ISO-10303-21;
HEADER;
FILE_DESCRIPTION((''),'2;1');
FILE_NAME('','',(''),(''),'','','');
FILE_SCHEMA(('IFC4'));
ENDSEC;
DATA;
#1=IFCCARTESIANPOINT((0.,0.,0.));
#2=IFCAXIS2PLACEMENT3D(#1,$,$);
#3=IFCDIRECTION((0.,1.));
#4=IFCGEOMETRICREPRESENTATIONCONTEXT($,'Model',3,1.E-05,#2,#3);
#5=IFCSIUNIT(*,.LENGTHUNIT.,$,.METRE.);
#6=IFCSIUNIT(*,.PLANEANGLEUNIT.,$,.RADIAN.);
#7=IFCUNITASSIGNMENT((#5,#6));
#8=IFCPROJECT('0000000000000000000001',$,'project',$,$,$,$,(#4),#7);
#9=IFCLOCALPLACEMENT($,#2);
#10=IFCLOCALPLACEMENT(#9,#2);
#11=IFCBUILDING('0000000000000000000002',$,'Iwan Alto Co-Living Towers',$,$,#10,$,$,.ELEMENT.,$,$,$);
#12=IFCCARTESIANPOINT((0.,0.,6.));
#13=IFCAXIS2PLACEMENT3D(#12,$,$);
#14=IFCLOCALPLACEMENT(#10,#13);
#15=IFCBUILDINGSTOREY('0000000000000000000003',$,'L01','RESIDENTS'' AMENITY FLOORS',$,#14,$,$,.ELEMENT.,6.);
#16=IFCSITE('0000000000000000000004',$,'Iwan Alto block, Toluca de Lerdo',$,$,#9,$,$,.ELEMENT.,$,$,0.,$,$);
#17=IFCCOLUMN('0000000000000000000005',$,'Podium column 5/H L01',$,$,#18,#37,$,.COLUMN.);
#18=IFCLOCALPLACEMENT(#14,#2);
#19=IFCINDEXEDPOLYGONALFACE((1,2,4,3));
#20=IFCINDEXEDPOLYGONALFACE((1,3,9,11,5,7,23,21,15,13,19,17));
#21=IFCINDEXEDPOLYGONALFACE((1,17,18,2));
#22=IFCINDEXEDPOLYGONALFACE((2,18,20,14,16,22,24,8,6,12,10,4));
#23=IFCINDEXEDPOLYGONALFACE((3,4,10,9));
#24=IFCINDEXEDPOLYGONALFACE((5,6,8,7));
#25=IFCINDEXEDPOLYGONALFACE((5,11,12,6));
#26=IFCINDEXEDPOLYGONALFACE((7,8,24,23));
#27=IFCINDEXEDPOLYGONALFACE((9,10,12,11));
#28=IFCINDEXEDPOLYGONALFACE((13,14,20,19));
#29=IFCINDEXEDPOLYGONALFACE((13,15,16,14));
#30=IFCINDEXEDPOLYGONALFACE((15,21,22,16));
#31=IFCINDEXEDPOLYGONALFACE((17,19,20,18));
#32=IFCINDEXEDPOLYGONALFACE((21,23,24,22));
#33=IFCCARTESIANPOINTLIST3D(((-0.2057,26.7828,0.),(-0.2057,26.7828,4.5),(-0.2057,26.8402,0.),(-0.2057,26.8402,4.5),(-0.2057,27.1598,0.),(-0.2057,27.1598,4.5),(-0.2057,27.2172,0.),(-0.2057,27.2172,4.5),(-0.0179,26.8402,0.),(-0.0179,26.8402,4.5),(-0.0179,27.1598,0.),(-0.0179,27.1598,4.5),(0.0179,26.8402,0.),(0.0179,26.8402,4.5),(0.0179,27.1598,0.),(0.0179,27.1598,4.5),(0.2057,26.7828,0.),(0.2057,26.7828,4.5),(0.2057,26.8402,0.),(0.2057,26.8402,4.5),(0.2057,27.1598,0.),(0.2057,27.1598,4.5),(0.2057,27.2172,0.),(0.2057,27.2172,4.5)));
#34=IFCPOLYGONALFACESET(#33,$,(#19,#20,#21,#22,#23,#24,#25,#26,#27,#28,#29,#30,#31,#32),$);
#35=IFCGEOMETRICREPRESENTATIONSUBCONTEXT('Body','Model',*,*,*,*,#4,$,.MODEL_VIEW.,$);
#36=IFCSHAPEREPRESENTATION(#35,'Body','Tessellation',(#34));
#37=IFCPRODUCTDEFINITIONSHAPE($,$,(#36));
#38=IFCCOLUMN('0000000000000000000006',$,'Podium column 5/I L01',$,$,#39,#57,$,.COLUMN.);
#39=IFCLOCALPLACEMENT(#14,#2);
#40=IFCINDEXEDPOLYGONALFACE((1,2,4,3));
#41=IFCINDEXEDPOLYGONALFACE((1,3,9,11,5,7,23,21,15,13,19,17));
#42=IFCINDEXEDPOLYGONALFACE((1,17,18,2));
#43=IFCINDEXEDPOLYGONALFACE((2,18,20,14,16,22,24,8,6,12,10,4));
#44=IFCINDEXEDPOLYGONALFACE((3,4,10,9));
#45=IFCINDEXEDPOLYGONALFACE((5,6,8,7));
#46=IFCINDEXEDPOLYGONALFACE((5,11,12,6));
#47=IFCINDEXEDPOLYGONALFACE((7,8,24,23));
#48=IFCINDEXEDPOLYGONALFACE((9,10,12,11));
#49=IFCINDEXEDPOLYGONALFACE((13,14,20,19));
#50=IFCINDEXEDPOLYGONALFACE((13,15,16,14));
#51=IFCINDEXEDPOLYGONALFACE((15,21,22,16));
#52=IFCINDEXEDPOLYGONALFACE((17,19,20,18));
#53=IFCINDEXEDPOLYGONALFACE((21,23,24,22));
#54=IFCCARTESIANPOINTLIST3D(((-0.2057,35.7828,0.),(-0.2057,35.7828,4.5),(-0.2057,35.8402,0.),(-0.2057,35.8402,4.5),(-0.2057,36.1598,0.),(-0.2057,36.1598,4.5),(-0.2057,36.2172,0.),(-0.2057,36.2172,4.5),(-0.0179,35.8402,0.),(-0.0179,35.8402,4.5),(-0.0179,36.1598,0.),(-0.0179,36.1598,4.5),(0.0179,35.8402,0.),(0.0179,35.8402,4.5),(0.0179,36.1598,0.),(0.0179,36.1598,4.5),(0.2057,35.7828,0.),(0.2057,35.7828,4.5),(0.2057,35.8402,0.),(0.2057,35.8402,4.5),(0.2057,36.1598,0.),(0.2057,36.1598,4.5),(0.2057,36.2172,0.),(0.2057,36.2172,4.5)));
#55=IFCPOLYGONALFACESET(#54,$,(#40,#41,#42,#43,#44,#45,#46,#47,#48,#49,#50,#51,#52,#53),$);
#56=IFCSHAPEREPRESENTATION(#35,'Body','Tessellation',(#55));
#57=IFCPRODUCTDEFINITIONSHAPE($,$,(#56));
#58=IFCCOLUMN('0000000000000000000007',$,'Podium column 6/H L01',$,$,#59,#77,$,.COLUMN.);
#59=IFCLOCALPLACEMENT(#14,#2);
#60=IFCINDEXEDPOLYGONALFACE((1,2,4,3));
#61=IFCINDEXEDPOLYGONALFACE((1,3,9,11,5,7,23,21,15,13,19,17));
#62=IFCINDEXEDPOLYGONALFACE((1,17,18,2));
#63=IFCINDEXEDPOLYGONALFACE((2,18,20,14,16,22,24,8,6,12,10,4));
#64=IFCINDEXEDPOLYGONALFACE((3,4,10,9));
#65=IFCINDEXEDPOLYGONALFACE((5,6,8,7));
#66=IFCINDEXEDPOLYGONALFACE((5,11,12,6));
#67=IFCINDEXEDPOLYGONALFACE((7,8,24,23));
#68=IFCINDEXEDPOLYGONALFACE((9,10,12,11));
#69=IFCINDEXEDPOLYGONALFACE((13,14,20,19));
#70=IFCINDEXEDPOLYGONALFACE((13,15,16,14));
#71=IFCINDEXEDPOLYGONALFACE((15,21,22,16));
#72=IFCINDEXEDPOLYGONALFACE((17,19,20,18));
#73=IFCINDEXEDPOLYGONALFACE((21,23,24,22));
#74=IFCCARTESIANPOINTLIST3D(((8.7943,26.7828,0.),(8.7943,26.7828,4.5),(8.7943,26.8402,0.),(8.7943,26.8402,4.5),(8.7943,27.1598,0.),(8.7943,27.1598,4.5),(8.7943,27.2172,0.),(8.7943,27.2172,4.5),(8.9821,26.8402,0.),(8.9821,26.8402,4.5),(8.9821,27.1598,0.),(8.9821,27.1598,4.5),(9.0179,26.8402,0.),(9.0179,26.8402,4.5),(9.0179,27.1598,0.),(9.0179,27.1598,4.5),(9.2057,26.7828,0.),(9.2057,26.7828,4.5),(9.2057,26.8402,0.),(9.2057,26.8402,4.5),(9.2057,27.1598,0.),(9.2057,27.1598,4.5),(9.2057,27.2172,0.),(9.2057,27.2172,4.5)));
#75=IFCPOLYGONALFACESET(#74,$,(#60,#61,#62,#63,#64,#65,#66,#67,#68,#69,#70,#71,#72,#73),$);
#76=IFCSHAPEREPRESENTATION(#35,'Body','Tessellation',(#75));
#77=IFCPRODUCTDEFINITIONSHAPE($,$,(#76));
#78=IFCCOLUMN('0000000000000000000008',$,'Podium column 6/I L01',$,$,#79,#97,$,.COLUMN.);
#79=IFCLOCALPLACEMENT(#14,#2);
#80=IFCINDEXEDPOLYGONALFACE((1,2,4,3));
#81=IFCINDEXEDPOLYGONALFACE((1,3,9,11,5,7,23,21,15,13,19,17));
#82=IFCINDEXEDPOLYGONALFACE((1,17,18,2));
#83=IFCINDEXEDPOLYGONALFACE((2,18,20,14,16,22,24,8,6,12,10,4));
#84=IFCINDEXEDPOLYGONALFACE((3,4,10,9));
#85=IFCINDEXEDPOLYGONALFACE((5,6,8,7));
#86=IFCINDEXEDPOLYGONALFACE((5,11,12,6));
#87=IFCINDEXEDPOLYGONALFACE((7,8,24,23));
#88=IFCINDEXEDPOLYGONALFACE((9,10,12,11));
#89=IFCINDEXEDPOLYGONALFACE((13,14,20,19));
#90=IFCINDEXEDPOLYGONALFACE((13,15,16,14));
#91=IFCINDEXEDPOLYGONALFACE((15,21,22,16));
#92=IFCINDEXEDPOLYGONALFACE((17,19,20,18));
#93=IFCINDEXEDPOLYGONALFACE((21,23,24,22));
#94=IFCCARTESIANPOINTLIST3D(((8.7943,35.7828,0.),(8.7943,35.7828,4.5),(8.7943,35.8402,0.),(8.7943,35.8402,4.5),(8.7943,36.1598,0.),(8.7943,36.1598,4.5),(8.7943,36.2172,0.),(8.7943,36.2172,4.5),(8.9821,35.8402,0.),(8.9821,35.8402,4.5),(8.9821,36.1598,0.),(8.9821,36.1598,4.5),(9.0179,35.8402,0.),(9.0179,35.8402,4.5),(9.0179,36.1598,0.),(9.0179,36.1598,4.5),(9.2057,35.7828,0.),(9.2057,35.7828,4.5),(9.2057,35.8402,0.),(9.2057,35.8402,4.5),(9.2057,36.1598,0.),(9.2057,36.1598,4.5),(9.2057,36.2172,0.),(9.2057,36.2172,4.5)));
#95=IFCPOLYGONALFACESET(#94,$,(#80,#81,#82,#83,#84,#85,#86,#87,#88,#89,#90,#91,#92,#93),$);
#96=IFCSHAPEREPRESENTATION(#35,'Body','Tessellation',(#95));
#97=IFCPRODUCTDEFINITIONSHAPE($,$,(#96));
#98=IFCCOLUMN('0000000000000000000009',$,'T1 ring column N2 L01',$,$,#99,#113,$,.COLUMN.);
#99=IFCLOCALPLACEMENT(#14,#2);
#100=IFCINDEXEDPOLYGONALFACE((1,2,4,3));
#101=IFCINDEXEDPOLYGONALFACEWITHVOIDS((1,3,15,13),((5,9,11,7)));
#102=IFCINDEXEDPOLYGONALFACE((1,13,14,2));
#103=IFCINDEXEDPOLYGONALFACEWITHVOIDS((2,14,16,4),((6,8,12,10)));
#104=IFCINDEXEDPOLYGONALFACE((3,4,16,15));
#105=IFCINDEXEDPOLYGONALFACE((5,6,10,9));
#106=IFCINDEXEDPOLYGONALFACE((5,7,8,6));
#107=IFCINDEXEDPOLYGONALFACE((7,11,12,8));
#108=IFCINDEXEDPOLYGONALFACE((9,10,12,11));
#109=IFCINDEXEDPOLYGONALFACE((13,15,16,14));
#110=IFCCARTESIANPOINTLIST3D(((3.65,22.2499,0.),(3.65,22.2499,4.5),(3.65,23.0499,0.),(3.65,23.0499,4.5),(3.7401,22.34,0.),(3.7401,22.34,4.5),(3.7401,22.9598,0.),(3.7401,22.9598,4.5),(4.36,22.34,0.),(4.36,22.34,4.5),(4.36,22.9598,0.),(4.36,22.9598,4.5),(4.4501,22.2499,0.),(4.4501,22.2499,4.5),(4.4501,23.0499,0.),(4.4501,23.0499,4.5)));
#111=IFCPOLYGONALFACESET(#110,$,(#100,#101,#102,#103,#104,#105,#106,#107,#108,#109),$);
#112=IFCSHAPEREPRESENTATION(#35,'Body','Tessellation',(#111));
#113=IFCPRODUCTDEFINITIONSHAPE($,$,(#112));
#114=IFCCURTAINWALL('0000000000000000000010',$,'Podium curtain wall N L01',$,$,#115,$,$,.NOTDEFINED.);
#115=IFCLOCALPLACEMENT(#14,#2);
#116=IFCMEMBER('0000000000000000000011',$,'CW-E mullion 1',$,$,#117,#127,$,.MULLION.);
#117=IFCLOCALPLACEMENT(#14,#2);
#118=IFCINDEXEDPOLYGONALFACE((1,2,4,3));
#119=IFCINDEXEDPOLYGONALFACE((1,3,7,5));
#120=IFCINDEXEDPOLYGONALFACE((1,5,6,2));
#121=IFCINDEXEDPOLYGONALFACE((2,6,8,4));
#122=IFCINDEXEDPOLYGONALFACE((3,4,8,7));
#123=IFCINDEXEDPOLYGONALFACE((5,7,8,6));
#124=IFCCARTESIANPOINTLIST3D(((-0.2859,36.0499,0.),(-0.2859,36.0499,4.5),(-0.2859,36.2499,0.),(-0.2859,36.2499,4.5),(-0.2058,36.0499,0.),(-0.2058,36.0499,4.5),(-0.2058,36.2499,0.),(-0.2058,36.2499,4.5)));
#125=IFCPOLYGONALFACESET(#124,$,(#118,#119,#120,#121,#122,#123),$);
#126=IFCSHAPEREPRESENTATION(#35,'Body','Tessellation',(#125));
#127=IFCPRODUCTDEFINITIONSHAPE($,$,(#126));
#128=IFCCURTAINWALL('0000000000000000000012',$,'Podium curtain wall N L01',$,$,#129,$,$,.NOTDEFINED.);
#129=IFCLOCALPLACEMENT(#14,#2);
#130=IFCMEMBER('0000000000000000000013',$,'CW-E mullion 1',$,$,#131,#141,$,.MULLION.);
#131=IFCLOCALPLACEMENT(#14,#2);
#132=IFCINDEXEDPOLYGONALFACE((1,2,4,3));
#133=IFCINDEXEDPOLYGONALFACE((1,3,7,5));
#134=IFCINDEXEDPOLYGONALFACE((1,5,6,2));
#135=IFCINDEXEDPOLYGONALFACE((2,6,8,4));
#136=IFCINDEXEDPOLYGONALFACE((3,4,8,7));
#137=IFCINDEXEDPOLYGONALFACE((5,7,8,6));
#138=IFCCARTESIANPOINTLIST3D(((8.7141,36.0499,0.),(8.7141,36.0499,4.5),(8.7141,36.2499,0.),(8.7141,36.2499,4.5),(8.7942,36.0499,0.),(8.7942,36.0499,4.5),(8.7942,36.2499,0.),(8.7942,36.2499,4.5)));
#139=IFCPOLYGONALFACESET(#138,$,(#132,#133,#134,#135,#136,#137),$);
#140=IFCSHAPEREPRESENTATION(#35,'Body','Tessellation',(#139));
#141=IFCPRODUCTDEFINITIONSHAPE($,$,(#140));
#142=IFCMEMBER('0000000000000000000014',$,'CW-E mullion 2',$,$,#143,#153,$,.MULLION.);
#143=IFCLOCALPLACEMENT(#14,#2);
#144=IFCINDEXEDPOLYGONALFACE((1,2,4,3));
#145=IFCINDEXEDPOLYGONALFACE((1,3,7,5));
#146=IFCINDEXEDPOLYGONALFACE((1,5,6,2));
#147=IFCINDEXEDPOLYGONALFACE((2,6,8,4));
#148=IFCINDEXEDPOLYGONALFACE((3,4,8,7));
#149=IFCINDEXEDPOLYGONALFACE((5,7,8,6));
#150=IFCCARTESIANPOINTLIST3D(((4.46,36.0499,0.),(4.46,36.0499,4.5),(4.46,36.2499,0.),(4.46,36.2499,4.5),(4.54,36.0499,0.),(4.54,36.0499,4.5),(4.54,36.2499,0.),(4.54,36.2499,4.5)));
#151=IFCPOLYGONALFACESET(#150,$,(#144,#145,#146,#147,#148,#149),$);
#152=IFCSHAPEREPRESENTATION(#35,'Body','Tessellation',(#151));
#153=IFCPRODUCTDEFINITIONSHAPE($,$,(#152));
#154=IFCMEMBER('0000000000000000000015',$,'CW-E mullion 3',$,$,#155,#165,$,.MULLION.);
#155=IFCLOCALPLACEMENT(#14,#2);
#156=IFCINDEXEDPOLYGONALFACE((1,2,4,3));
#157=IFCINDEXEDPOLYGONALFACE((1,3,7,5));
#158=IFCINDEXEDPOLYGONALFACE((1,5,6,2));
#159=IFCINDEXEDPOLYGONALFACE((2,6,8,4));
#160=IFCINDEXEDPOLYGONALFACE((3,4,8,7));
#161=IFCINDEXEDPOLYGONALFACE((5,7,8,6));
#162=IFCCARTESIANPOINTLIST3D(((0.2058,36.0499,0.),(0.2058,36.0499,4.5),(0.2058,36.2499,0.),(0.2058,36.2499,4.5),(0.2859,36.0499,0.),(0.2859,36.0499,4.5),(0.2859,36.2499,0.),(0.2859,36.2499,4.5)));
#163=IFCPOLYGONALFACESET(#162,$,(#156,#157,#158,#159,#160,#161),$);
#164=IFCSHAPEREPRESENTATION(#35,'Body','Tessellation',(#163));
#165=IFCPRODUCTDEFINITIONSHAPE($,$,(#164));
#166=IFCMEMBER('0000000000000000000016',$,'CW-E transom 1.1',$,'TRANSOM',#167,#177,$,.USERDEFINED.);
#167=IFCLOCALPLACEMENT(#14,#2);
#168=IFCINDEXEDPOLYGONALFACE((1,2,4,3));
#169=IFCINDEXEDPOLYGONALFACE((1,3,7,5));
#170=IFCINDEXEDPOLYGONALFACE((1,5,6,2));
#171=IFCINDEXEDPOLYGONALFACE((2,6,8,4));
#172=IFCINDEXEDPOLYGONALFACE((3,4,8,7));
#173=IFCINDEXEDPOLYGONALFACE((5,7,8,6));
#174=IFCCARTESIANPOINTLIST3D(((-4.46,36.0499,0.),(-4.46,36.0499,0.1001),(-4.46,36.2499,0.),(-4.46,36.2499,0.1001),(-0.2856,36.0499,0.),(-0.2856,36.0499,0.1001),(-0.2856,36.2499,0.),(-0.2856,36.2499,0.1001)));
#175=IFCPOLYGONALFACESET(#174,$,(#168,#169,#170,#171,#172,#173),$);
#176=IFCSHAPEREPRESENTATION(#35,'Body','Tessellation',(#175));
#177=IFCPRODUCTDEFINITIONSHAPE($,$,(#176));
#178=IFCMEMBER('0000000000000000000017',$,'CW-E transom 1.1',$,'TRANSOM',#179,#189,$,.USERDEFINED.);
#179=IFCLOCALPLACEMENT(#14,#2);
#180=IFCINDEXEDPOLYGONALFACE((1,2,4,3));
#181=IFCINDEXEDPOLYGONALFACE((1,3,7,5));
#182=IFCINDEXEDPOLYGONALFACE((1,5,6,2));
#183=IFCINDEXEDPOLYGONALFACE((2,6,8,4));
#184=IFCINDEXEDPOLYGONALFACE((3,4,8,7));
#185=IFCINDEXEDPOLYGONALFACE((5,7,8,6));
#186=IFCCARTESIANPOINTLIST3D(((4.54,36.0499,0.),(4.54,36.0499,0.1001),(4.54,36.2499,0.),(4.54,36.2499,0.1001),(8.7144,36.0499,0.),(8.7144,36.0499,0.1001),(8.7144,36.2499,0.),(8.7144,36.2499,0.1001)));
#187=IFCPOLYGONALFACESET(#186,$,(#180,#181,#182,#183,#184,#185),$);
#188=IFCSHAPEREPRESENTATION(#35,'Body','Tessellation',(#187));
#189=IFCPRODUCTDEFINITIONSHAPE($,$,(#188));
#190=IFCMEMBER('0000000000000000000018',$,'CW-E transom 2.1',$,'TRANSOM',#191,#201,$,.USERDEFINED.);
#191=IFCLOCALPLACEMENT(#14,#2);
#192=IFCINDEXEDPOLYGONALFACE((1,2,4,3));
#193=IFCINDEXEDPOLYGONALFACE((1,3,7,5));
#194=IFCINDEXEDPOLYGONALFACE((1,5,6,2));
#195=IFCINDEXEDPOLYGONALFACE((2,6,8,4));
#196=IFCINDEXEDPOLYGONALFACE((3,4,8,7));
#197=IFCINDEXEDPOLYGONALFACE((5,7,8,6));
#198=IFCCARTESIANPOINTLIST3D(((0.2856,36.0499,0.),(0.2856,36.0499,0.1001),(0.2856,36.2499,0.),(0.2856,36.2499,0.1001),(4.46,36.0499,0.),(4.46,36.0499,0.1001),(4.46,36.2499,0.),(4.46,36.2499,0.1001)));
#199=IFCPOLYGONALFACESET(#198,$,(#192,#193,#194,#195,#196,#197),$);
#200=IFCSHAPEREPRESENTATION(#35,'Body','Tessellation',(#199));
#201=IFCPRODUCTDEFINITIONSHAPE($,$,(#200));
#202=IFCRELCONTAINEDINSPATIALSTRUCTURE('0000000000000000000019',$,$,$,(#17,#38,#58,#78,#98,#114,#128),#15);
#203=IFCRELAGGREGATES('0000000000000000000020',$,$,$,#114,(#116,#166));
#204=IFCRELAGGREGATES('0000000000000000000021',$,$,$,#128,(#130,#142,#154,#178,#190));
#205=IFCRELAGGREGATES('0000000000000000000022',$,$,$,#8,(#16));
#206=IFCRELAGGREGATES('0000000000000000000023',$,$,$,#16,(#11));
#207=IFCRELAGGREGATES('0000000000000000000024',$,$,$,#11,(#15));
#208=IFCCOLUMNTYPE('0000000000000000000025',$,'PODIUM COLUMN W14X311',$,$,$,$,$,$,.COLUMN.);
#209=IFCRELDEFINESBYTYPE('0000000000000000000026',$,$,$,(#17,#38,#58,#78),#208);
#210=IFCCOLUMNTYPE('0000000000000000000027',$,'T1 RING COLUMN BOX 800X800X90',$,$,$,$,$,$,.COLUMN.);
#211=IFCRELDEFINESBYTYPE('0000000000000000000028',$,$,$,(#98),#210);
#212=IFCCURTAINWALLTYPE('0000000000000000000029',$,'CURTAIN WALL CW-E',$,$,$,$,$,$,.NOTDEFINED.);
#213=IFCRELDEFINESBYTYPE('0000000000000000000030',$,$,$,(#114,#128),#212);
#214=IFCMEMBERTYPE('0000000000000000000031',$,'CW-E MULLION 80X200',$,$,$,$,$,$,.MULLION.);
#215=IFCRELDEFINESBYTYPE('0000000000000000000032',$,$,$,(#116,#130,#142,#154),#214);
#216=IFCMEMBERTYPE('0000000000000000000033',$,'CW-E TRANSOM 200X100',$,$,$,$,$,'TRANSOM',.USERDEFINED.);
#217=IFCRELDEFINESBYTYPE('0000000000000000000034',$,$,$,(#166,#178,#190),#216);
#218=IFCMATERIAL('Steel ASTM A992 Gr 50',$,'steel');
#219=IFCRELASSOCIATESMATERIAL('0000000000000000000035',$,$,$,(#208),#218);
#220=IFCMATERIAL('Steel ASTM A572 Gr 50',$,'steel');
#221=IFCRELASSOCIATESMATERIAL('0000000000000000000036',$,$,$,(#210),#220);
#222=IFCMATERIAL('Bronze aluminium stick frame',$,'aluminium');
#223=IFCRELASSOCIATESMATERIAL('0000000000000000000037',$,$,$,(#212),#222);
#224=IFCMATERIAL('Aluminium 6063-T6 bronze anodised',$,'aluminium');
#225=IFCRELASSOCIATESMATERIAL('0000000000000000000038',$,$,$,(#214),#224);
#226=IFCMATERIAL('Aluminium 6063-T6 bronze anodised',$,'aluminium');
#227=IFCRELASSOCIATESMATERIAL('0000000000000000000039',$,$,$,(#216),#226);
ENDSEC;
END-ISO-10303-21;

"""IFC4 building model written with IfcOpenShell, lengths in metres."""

from ifc_helpers import new_model, si_unit, direction, frame, origin, origin_2d, place, context, subcontext, project, spatial, rectangle, hollow_rectangle, i_section, extrude, material, material_profile, profile_set, type_object, element, aggregate, save


model = new_model("IFC4")

# Units and contexts
model_context = context("Model", 3, precision=1e-05, world=origin(), true_north=direction((0.0, 1.0)))
body_context = subcontext(model_context, "Body", "Model", "MODEL_VIEW")
ifc_project = project(units=[si_unit("LENGTHUNIT", "METRE"), si_unit("PLANEANGLEUNIT", "RADIAN")], contexts=[model_context])

# Site, building, storey
site_placement = place(None, origin())
site = spatial("IfcSite", under=ifc_project, at=site_placement, Name="Iwan Alto block, Toluca de Lerdo", CompositionType="ELEMENT", RefElevation=0.0)
building_placement = place(site_placement, origin())
building = spatial("IfcBuilding", under=site, at=building_placement, Name="Iwan Alto Co-Living Towers", CompositionType="ELEMENT")
storey_placement = place(building_placement, frame((0.0, 0.0, 6.0)))
storey = spatial("IfcBuildingStorey", under=building, at=storey_placement, Name="L01", Description="RESIDENTS' AMENITY FLOORS", CompositionType="ELEMENT", Elevation=6.0)

# Columns
ifc_material_1 = material(Name="Steel ASTM A992 Gr 50", Category="steel")
ifc_material_profile_1 = material_profile(ifc_material_1, i_section(OverallWidth=0.4114, OverallDepth=0.4343, WebThickness=0.0359, FlangeThickness=0.0574, at=origin_2d()), Name="W14X311")
ifc_profile_set_1 = profile_set([ifc_material_profile_1], Name="Steel ASTM A992 Gr 50")
column_type_1 = type_object("IfcColumnType", Name="PODIUM COLUMN W14X311", PredefinedType="COLUMN", material=ifc_profile_set_1)
for number, where, z_axis, x_axis, name in (
    (1, (0.0, 27.0, 0.0), (0.0, 0.0, 1.0), (1.0, 0.0, 0.0), "Podium column 5/H L01"),
    (2, (0.0, 36.0, 0.0), (0.0, 0.0, 1.0), (1.0, 0.0, 0.0), "Podium column 5/I L01"),
    (3, (9.0, 27.0, 0.0), (0.0, 0.0, 1.0), (1.0, 0.0, 0.0), "Podium column 6/H L01"),
    (4, (9.0, 36.0, 0.0), (0.0, 0.0, 1.0), (1.0, 0.0, 0.0), "Podium column 6/I L01"),
):
    element("IfcColumn", number, at=place(storey_placement, frame(where, z_axis=z_axis, x_axis=x_axis)), inside=storey, type_object=column_type_1, Name=name, PredefinedType="COLUMN", context=body_context, shape_type="SweptSolid", body=[
        extrude(i_section(OverallWidth=0.4114, OverallDepth=0.4343, WebThickness=0.0359, FlangeThickness=0.0574, at=origin_2d()), origin(), (0.0, 0.0, 1.0), 4.5),
    ])
ifc_material_2 = material(Name="Steel ASTM A572 Gr 50", Category="steel")
ifc_material_profile_2 = material_profile(ifc_material_2, hollow_rectangle(XDim=0.8, YDim=0.8, WallThickness=0.0901, at=origin_2d()), Name="BOX 800X800X90")
ifc_profile_set_2 = profile_set([ifc_material_profile_2], Name="Steel ASTM A572 Gr 50")
column_type_2 = type_object("IfcColumnType", Name="T1 RING COLUMN BOX 800X800X90", PredefinedType="COLUMN", material=ifc_profile_set_2)
column_placement = place(storey_placement, frame((4.05, 22.6499, 0.0), z_axis=(0.0, 0.0, 1.0), x_axis=(1.0, 0.0, 0.0)))
element("IfcColumn", 5, at=column_placement, inside=storey, type_object=column_type_2, Name="T1 ring column N2 L01", PredefinedType="COLUMN", context=body_context, shape_type="SweptSolid", body=[
    extrude(hollow_rectangle(XDim=0.8, YDim=0.8, WallThickness=0.0901, at=origin_2d()), origin(), (0.0, 0.0, 1.0), 4.5),
])

# Curtain wall, member
ifc_material_3 = material(Name="Bronze aluminium stick frame", Category="aluminium")
curtain_wall_type = type_object("IfcCurtainWallType", Name="CURTAIN WALL CW-E", PredefinedType="NOTDEFINED", material=ifc_material_3)
curtain_wall_1_placement = place(storey_placement, origin())
curtain_wall_1 = element("IfcCurtainWall", 6, at=curtain_wall_1_placement, inside=storey, type_object=curtain_wall_type, Name="Podium curtain wall N L01", PredefinedType="NOTDEFINED")
ifc_material_4 = material(Name="Aluminium 6063-T6 bronze anodised", Category="aluminium")
ifc_material_profile_3 = material_profile(ifc_material_4, rectangle(XDim=0.2, YDim=0.0801, at=origin_2d()), Name="AL 80X200")
ifc_profile_set_3 = profile_set([ifc_material_profile_3], Name="Aluminium 6063-T6 bronze anodised")
member_type_1 = type_object("IfcMemberType", Name="CW-E MULLION 80X200", PredefinedType="MULLION", material=ifc_profile_set_3)
member_1_placement = place(storey_placement, frame((-0.2458, 36.1499, 0.0), z_axis=(0.0, 0.0, 1.0), x_axis=(0.0, -1.0, 0.0)))
member_1 = element("IfcMember", 7, at=member_1_placement, type_object=member_type_1, Name="CW-E mullion 1", PredefinedType="MULLION", context=body_context, shape_type="SweptSolid", body=[
    extrude(rectangle(XDim=0.2, YDim=0.0801, at=origin_2d()), origin(), (0.0, 0.0, 1.0), 4.5),
])

# Curtain wall, members
curtain_wall_2_placement = place(storey_placement, origin())
curtain_wall_2 = element("IfcCurtainWall", 8, at=curtain_wall_2_placement, inside=storey, type_object=curtain_wall_type, Name="Podium curtain wall N L01", PredefinedType="NOTDEFINED")
member_2_placement = place(storey_placement, frame((8.7542, 36.1499, 0.0), z_axis=(0.0, 0.0, 1.0), x_axis=(0.0, -1.0, 0.0)))
member_2 = element("IfcMember", 9, at=member_2_placement, type_object=member_type_1, Name="CW-E mullion 1", PredefinedType="MULLION", context=body_context, shape_type="SweptSolid", body=[
    extrude(rectangle(XDim=0.2, YDim=0.0801, at=origin_2d()), origin(), (0.0, 0.0, 1.0), 4.5),
])
member_3_placement = place(storey_placement, frame((4.5, 36.1499, 0.0), z_axis=(0.0, 0.0, 1.0), x_axis=(0.0, -1.0, 0.0)))
member_3 = element("IfcMember", 10, at=member_3_placement, type_object=member_type_1, Name="CW-E mullion 2", PredefinedType="MULLION", context=body_context, shape_type="SweptSolid", body=[
    extrude(rectangle(XDim=0.2, YDim=0.0801, at=origin_2d()), origin(), (0.0, 0.0, 1.0), 4.5),
])
member_4_placement = place(storey_placement, frame((0.2458, 36.1499, 0.0), z_axis=(0.0, 0.0, 1.0), x_axis=(0.0, -1.0, 0.0)))
member_4 = element("IfcMember", 11, at=member_4_placement, type_object=member_type_1, Name="CW-E mullion 3", PredefinedType="MULLION", context=body_context, shape_type="SweptSolid", body=[
    extrude(rectangle(XDim=0.2, YDim=0.0801, at=origin_2d()), origin(), (0.0, 0.0, 1.0), 4.5),
])

# Members
ifc_material_5 = material(Name="Aluminium 6063-T6 bronze anodised", Category="aluminium")
ifc_material_profile_4 = material_profile(ifc_material_5, rectangle(XDim=0.2, YDim=0.1001, at=origin_2d()), Name="AL 200X100")
ifc_profile_set_4 = profile_set([ifc_material_profile_4], Name="Aluminium 6063-T6 bronze anodised")
member_type_2 = type_object("IfcMemberType", Name="CW-E TRANSOM 200X100", ElementType="TRANSOM", PredefinedType="USERDEFINED", material=ifc_profile_set_4)
member_5_placement = place(storey_placement, frame((-0.2856, 36.1499, 0.05), z_axis=(-1.0, 0.0, 0.0), x_axis=(0.0, -1.0, 0.0)))
member_5 = element("IfcMember", 12, at=member_5_placement, type_object=member_type_2, Name="CW-E transom 1.1", ObjectType="TRANSOM", PredefinedType="USERDEFINED", context=body_context, shape_type="SweptSolid", body=[
    extrude(rectangle(XDim=0.2, YDim=0.1001, at=origin_2d()), origin(), (0.0, 0.0, 1.0), 4.1743),
])
aggregate(curtain_wall_1, [member_1, member_5])
member_6_placement = place(storey_placement, frame((8.7144, 36.1499, 0.05), z_axis=(-1.0, 0.0, 0.0), x_axis=(0.0, -1.0, 0.0)))
member_6 = element("IfcMember", 13, at=member_6_placement, type_object=member_type_2, Name="CW-E transom 1.1", ObjectType="TRANSOM", PredefinedType="USERDEFINED", context=body_context, shape_type="SweptSolid", body=[
    extrude(rectangle(XDim=0.2, YDim=0.1001, at=origin_2d()), origin(), (0.0, 0.0, 1.0), 4.1743),
])
member_7_placement = place(storey_placement, frame((4.46, 36.1499, 0.05), z_axis=(-1.0, 0.0, 0.0), x_axis=(0.0, -1.0, 0.0)))
member_7 = element("IfcMember", 14, at=member_7_placement, type_object=member_type_2, Name="CW-E transom 2.1", ObjectType="TRANSOM", PredefinedType="USERDEFINED", context=body_context, shape_type="SweptSolid", body=[
    extrude(rectangle(XDim=0.2, YDim=0.1001, at=origin_2d()), origin(), (0.0, 0.0, 1.0), 4.1743),
])

aggregate(curtain_wall_2, [member_2, member_3, member_4, member_6, member_7])

save(model, "model.ifc")
